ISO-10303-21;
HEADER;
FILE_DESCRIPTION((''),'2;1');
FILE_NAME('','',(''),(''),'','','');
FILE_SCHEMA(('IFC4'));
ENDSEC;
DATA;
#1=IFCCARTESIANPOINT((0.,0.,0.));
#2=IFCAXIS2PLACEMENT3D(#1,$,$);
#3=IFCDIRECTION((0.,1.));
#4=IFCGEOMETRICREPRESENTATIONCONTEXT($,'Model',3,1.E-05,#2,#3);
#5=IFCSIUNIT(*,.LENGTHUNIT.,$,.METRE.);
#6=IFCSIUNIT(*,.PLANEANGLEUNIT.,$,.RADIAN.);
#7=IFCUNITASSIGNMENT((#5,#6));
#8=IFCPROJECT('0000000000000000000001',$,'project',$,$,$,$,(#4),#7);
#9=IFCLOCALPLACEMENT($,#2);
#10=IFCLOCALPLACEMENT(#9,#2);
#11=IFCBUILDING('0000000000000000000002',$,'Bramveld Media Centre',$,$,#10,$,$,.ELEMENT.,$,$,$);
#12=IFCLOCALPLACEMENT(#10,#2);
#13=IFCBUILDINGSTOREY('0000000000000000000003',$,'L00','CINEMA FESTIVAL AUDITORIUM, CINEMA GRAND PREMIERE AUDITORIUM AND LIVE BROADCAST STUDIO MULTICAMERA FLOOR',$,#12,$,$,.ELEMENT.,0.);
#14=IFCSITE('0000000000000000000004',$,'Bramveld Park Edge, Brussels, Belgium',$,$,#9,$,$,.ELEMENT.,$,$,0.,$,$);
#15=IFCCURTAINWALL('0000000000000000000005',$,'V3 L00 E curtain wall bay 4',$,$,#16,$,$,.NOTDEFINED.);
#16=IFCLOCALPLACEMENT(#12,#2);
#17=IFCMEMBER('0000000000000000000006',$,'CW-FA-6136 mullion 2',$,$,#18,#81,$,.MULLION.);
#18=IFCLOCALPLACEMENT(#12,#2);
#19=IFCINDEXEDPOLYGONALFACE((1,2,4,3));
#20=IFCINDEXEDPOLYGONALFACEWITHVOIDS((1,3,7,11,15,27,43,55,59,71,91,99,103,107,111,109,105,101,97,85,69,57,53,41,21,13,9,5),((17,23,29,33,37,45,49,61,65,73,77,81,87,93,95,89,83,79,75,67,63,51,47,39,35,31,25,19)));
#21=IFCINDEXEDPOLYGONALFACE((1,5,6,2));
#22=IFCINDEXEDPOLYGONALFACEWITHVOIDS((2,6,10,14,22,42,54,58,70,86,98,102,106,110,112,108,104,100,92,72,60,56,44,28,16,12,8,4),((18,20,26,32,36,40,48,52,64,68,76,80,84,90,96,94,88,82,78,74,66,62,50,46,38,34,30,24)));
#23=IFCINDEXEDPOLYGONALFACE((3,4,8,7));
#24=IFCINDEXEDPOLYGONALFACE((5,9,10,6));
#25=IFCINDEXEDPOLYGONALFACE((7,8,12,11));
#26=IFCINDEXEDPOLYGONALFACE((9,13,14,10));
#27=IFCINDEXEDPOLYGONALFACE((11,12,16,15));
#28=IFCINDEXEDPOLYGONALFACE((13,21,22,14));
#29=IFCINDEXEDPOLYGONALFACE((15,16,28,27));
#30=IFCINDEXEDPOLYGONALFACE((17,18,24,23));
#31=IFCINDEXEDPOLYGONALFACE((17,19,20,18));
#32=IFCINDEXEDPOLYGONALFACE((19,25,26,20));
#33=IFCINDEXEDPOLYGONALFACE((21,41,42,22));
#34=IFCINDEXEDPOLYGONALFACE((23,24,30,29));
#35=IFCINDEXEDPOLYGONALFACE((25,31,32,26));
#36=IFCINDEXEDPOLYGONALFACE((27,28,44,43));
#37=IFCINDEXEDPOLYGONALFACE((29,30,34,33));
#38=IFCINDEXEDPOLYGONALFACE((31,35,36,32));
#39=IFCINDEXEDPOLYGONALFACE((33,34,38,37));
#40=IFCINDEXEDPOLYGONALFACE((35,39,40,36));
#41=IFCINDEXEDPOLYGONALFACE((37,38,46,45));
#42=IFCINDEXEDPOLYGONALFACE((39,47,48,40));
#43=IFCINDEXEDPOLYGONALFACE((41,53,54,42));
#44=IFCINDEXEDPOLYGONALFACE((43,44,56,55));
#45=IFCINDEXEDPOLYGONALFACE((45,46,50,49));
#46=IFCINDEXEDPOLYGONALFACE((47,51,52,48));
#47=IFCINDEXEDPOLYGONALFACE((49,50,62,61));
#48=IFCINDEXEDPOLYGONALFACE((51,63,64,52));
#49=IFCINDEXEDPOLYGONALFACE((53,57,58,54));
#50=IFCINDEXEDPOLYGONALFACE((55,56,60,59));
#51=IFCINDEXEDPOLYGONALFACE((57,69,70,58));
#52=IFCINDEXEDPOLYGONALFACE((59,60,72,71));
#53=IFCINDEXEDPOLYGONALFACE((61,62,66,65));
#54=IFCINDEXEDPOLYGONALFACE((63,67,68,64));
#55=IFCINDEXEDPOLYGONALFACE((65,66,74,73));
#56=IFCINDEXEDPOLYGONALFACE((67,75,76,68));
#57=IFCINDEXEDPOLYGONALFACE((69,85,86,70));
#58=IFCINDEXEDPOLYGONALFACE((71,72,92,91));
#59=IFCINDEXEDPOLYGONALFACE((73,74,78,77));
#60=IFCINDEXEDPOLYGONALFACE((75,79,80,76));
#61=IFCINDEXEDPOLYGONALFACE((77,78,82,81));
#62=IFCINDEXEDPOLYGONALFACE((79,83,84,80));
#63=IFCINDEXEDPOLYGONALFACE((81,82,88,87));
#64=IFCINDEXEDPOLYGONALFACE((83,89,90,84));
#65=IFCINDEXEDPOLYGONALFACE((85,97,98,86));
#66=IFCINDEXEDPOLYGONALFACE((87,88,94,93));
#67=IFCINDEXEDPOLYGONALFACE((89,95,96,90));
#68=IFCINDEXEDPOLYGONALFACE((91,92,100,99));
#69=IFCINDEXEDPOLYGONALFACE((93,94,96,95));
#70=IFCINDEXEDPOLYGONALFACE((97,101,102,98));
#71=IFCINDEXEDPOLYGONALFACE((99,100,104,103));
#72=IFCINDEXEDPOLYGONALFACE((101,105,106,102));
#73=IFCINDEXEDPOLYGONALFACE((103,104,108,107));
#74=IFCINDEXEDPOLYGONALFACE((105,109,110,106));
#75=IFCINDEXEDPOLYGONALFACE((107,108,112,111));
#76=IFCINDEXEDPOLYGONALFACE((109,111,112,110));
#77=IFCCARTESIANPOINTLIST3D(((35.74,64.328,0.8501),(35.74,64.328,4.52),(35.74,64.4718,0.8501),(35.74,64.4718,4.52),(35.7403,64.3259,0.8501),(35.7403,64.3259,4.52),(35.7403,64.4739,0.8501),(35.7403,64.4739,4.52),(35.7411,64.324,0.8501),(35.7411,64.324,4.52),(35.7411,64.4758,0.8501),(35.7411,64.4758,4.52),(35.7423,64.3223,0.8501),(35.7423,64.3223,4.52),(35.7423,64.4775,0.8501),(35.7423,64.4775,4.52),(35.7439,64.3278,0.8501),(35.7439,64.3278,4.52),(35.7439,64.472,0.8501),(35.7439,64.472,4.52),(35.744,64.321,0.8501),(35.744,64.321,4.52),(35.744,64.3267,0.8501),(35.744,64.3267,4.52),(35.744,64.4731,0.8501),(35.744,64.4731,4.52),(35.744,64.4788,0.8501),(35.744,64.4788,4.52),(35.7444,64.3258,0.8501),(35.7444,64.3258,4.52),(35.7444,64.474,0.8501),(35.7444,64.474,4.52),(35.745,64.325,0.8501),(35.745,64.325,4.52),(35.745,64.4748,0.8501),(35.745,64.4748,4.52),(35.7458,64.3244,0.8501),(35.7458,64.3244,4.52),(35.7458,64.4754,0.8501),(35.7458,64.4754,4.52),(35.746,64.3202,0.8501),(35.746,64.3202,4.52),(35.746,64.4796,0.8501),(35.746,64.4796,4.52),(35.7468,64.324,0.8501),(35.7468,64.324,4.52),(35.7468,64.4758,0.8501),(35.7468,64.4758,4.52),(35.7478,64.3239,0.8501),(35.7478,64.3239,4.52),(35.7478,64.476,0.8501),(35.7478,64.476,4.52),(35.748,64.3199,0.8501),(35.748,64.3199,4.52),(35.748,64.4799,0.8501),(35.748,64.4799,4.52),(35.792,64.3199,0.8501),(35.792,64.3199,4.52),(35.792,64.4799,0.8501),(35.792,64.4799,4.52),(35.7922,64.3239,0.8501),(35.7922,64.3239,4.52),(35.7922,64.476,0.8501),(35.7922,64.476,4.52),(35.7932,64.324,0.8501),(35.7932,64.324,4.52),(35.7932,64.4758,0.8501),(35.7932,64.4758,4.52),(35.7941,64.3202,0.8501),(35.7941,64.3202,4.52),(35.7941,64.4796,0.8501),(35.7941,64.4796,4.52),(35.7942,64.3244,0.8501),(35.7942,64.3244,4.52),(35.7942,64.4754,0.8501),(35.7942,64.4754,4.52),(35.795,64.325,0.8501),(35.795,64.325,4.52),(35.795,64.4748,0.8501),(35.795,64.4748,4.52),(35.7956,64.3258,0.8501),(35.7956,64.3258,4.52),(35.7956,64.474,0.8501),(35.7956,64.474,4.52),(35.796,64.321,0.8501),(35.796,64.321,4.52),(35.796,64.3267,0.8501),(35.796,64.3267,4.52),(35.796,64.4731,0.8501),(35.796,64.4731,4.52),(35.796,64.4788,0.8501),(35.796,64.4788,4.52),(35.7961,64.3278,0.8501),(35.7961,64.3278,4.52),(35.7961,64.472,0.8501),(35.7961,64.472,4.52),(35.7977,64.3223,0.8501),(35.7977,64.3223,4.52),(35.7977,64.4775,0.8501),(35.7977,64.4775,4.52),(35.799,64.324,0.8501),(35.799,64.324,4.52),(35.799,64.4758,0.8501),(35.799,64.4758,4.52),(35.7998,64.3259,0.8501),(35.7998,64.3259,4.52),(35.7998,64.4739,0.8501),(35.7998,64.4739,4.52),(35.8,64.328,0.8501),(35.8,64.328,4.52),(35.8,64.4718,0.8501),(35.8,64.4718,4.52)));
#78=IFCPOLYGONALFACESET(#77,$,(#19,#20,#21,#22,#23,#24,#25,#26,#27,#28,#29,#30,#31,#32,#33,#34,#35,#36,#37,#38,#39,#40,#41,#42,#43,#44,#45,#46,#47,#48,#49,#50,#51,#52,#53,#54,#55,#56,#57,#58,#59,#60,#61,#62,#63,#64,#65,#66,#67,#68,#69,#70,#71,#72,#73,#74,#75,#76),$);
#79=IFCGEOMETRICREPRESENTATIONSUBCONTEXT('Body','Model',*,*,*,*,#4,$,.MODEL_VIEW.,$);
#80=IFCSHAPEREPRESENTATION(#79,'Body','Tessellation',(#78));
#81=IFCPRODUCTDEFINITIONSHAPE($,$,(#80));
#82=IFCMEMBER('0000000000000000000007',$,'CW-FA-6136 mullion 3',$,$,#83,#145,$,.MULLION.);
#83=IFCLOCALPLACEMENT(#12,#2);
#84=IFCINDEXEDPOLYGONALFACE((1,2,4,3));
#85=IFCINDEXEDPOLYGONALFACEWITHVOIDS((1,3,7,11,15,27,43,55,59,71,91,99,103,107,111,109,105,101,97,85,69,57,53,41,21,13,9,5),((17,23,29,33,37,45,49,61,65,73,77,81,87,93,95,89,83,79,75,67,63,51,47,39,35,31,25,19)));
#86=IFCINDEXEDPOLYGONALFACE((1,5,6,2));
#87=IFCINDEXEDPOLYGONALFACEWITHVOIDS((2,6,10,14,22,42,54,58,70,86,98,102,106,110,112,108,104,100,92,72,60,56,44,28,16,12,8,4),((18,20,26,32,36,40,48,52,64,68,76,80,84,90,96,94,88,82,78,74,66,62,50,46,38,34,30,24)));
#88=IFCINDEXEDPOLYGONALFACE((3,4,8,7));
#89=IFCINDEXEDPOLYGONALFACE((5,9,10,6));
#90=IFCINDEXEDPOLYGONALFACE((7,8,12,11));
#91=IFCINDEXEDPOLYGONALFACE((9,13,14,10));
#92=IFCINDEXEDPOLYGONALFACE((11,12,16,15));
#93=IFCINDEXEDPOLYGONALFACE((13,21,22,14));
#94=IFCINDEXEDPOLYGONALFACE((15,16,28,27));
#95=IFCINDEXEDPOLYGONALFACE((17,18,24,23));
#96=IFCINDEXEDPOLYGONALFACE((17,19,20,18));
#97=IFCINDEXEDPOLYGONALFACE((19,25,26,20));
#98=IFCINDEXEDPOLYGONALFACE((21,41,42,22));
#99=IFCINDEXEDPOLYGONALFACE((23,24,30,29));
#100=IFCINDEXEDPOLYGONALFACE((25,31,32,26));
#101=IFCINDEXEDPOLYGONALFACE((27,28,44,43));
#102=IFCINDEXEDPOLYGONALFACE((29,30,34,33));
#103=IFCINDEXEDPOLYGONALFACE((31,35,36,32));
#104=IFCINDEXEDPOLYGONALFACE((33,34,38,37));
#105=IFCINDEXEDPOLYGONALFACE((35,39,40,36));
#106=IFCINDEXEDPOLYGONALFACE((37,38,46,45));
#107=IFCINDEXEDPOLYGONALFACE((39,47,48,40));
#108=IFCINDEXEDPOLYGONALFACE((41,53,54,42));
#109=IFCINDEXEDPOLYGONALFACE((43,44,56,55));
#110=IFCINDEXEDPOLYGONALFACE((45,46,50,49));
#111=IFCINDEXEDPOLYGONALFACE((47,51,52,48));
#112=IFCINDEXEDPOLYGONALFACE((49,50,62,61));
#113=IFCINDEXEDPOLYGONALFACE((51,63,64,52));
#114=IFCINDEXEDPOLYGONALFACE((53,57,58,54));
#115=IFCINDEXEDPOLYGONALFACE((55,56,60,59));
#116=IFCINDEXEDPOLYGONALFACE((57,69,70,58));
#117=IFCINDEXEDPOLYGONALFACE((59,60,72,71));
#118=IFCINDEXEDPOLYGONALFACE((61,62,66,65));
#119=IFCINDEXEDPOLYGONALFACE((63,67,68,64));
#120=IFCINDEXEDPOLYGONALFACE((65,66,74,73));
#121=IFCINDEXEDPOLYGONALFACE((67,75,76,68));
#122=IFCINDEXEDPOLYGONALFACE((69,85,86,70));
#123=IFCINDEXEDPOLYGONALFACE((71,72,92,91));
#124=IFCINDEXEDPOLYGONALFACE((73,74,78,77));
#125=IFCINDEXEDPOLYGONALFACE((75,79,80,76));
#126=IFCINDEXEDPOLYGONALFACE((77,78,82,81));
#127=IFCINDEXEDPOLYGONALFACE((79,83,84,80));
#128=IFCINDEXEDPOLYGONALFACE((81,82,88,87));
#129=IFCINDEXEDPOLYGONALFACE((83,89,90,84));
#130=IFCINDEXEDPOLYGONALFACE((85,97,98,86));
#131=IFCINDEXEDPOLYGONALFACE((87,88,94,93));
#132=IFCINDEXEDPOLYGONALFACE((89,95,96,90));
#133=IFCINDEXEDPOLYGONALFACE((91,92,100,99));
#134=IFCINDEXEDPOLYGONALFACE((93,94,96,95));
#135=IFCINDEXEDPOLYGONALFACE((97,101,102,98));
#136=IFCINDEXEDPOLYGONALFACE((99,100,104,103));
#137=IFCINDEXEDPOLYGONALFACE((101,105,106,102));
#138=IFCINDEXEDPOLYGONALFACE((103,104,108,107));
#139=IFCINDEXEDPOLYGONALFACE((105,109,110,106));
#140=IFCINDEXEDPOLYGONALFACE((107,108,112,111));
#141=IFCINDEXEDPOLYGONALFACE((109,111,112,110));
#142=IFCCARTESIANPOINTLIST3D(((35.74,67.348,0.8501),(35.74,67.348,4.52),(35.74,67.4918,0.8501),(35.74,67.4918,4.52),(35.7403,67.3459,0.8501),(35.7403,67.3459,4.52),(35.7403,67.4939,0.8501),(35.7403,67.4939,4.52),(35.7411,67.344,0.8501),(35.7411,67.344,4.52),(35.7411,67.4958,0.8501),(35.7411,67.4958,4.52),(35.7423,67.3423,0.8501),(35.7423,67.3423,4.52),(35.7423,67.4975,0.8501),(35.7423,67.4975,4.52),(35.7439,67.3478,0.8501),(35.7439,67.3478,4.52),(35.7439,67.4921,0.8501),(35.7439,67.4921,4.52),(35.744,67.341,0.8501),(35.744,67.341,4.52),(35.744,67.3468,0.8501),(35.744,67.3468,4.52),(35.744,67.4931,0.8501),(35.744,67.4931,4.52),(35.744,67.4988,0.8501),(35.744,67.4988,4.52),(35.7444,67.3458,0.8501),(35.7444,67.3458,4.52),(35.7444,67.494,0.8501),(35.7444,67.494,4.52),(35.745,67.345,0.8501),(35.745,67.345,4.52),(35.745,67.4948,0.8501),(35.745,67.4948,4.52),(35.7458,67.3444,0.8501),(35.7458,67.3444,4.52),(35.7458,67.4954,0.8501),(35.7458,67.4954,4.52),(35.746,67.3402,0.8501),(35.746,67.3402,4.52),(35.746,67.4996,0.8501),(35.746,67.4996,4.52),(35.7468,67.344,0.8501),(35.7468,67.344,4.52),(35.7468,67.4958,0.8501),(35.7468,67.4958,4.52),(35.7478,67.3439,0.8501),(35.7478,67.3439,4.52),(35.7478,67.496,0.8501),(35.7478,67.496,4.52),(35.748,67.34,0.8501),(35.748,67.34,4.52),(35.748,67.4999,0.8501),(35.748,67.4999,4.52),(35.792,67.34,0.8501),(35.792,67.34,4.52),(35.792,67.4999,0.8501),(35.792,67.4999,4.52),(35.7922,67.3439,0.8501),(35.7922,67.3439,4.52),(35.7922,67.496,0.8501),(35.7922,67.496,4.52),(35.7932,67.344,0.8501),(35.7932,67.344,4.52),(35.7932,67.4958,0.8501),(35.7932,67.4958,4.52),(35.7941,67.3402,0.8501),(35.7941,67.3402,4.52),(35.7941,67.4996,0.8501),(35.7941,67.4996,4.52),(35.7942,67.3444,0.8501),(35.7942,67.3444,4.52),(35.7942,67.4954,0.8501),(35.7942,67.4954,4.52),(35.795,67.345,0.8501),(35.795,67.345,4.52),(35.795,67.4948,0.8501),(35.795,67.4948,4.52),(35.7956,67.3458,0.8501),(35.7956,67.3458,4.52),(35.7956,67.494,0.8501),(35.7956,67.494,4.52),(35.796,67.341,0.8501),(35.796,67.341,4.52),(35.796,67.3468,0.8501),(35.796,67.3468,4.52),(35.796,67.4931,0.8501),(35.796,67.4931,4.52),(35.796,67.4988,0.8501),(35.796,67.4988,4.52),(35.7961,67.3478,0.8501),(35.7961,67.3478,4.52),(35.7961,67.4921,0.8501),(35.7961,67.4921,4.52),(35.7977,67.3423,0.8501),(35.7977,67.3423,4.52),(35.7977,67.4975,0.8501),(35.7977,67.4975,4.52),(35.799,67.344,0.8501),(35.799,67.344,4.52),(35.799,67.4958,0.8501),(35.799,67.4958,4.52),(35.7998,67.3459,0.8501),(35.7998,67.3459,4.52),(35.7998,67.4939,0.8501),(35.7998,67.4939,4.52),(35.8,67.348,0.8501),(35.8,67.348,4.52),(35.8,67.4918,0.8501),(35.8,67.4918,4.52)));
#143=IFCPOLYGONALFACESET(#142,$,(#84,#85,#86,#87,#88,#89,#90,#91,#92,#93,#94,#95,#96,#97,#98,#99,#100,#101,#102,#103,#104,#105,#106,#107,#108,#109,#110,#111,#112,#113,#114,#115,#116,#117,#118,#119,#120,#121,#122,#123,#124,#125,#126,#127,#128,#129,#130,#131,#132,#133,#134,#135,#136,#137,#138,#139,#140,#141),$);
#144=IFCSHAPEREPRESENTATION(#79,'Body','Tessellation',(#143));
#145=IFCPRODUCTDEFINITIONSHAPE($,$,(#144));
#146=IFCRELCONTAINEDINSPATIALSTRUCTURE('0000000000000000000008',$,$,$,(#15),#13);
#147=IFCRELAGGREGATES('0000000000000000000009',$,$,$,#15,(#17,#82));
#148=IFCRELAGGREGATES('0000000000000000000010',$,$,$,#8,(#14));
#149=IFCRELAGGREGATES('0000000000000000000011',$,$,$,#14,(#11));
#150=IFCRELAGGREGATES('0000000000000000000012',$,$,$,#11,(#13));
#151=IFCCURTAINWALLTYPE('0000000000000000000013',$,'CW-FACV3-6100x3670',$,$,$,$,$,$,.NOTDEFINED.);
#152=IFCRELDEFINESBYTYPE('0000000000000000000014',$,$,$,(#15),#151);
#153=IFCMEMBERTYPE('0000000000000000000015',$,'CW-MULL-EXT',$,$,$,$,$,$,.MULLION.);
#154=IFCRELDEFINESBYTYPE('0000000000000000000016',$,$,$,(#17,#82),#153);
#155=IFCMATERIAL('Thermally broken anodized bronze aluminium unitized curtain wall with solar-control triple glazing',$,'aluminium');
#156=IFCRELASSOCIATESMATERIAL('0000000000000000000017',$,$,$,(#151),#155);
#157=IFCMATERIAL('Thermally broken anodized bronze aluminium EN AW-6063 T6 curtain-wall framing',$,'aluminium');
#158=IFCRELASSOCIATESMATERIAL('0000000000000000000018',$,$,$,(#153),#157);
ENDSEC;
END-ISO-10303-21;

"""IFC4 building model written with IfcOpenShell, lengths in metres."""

from ifc_helpers import new_model, si_unit, direction, frame, origin, origin_2d, place, context, subcontext, project, spatial, hollow_rectangle, extrude, material, material_profile, profile_set, type_object, element, aggregate, save


model = new_model("IFC4")

# Units and contexts
model_context = context("Model", 3, precision=1e-05, world=origin(), true_north=direction((0.0, 1.0)))
body_context = subcontext(model_context, "Body", "Model", "MODEL_VIEW")
ifc_project = project(units=[si_unit("LENGTHUNIT", "METRE"), si_unit("PLANEANGLEUNIT", "RADIAN")], contexts=[model_context])

# Site, building, storey
site_placement = place(None, origin())
site = spatial("IfcSite", under=ifc_project, at=site_placement, Name="Bramveld Park Edge, Brussels, Belgium", CompositionType="ELEMENT", RefElevation=0.0)
building_placement = place(site_placement, origin())
building = spatial("IfcBuilding", under=site, at=building_placement, Name="Bramveld Media Centre", CompositionType="ELEMENT")
storey_placement = place(building_placement, origin())
storey = spatial("IfcBuildingStorey", under=building, at=storey_placement, Name="L00", Description="CINEMA FESTIVAL AUDITORIUM, CINEMA GRAND PREMIERE AUDITORIUM AND LIVE BROADCAST STUDIO MULTICAMERA FLOOR", CompositionType="ELEMENT", Elevation=0.0)

# Curtain wall, members
ifc_material_1 = material(Name="Thermally broken anodized bronze aluminium unitized curtain wall with solar-control triple glazing", Category="aluminium")
curtain_wall_type = type_object("IfcCurtainWallType", Name="CW-FACV3-6100x3670", PredefinedType="NOTDEFINED", material=ifc_material_1)
curtain_wall_placement = place(storey_placement, origin())
curtain_wall = element("IfcCurtainWall", 1, at=curtain_wall_placement, inside=storey, type_object=curtain_wall_type, Name="V3 L00 E curtain wall bay 4", PredefinedType="NOTDEFINED")
ifc_material_2 = material(Name="Thermally broken anodized bronze aluminium EN AW-6063 T6 curtain-wall framing", Category="aluminium")
ifc_material_profile_1 = material_profile(ifc_material_2, hollow_rectangle(XDim=0.0601, YDim=0.1599, WallThickness=0.0039, InnerFilletRadius=0.0039, OuterFilletRadius=0.0081, at=origin_2d()), Name="AL-MULL 60x160")
ifc_profile_set_1 = profile_set([ifc_material_profile_1], Name="Thermally broken anodized bronze aluminium EN AW-6063 T6 curtain-wall framing")
member_type_1 = type_object("IfcMemberType", Name="CW-MULL-EXT", PredefinedType="MULLION", material=ifc_profile_set_1)
member_1_placement = place(storey_placement, frame((35.77, 64.3999, 0.8501), z_axis=(0.0, 0.0, 1.0), x_axis=(-1.0, 0.0, 0.0)))
member_1 = element("IfcMember", 2, at=member_1_placement, type_object=member_type_1, Name="CW-FA-6136 mullion 2", PredefinedType="MULLION", context=body_context, shape_type="SweptSolid", body=[
    extrude(hollow_rectangle(XDim=0.0601, YDim=0.1599, WallThickness=0.0039, InnerFilletRadius=0.0039, OuterFilletRadius=0.0081, at=origin_2d()), origin(), (0.0, 0.0, 1.0), 3.6699),
])
member_2_placement = place(storey_placement, frame((35.77, 67.4199, 0.8501), z_axis=(0.0, 0.0, 1.0), x_axis=(-1.0, 0.0, 0.0)))
member_2 = element("IfcMember", 3, at=member_2_placement, type_object=member_type_1, Name="CW-FA-6136 mullion 3", PredefinedType="MULLION", context=body_context, shape_type="SweptSolid", body=[
    extrude(hollow_rectangle(XDim=0.0601, YDim=0.1599, WallThickness=0.0039, InnerFilletRadius=0.0039, OuterFilletRadius=0.0081, at=origin_2d()), origin(), (0.0, 0.0, 1.0), 3.6699),
])

aggregate(curtain_wall, [member_1, member_2])

save(model, "model.ifc")
